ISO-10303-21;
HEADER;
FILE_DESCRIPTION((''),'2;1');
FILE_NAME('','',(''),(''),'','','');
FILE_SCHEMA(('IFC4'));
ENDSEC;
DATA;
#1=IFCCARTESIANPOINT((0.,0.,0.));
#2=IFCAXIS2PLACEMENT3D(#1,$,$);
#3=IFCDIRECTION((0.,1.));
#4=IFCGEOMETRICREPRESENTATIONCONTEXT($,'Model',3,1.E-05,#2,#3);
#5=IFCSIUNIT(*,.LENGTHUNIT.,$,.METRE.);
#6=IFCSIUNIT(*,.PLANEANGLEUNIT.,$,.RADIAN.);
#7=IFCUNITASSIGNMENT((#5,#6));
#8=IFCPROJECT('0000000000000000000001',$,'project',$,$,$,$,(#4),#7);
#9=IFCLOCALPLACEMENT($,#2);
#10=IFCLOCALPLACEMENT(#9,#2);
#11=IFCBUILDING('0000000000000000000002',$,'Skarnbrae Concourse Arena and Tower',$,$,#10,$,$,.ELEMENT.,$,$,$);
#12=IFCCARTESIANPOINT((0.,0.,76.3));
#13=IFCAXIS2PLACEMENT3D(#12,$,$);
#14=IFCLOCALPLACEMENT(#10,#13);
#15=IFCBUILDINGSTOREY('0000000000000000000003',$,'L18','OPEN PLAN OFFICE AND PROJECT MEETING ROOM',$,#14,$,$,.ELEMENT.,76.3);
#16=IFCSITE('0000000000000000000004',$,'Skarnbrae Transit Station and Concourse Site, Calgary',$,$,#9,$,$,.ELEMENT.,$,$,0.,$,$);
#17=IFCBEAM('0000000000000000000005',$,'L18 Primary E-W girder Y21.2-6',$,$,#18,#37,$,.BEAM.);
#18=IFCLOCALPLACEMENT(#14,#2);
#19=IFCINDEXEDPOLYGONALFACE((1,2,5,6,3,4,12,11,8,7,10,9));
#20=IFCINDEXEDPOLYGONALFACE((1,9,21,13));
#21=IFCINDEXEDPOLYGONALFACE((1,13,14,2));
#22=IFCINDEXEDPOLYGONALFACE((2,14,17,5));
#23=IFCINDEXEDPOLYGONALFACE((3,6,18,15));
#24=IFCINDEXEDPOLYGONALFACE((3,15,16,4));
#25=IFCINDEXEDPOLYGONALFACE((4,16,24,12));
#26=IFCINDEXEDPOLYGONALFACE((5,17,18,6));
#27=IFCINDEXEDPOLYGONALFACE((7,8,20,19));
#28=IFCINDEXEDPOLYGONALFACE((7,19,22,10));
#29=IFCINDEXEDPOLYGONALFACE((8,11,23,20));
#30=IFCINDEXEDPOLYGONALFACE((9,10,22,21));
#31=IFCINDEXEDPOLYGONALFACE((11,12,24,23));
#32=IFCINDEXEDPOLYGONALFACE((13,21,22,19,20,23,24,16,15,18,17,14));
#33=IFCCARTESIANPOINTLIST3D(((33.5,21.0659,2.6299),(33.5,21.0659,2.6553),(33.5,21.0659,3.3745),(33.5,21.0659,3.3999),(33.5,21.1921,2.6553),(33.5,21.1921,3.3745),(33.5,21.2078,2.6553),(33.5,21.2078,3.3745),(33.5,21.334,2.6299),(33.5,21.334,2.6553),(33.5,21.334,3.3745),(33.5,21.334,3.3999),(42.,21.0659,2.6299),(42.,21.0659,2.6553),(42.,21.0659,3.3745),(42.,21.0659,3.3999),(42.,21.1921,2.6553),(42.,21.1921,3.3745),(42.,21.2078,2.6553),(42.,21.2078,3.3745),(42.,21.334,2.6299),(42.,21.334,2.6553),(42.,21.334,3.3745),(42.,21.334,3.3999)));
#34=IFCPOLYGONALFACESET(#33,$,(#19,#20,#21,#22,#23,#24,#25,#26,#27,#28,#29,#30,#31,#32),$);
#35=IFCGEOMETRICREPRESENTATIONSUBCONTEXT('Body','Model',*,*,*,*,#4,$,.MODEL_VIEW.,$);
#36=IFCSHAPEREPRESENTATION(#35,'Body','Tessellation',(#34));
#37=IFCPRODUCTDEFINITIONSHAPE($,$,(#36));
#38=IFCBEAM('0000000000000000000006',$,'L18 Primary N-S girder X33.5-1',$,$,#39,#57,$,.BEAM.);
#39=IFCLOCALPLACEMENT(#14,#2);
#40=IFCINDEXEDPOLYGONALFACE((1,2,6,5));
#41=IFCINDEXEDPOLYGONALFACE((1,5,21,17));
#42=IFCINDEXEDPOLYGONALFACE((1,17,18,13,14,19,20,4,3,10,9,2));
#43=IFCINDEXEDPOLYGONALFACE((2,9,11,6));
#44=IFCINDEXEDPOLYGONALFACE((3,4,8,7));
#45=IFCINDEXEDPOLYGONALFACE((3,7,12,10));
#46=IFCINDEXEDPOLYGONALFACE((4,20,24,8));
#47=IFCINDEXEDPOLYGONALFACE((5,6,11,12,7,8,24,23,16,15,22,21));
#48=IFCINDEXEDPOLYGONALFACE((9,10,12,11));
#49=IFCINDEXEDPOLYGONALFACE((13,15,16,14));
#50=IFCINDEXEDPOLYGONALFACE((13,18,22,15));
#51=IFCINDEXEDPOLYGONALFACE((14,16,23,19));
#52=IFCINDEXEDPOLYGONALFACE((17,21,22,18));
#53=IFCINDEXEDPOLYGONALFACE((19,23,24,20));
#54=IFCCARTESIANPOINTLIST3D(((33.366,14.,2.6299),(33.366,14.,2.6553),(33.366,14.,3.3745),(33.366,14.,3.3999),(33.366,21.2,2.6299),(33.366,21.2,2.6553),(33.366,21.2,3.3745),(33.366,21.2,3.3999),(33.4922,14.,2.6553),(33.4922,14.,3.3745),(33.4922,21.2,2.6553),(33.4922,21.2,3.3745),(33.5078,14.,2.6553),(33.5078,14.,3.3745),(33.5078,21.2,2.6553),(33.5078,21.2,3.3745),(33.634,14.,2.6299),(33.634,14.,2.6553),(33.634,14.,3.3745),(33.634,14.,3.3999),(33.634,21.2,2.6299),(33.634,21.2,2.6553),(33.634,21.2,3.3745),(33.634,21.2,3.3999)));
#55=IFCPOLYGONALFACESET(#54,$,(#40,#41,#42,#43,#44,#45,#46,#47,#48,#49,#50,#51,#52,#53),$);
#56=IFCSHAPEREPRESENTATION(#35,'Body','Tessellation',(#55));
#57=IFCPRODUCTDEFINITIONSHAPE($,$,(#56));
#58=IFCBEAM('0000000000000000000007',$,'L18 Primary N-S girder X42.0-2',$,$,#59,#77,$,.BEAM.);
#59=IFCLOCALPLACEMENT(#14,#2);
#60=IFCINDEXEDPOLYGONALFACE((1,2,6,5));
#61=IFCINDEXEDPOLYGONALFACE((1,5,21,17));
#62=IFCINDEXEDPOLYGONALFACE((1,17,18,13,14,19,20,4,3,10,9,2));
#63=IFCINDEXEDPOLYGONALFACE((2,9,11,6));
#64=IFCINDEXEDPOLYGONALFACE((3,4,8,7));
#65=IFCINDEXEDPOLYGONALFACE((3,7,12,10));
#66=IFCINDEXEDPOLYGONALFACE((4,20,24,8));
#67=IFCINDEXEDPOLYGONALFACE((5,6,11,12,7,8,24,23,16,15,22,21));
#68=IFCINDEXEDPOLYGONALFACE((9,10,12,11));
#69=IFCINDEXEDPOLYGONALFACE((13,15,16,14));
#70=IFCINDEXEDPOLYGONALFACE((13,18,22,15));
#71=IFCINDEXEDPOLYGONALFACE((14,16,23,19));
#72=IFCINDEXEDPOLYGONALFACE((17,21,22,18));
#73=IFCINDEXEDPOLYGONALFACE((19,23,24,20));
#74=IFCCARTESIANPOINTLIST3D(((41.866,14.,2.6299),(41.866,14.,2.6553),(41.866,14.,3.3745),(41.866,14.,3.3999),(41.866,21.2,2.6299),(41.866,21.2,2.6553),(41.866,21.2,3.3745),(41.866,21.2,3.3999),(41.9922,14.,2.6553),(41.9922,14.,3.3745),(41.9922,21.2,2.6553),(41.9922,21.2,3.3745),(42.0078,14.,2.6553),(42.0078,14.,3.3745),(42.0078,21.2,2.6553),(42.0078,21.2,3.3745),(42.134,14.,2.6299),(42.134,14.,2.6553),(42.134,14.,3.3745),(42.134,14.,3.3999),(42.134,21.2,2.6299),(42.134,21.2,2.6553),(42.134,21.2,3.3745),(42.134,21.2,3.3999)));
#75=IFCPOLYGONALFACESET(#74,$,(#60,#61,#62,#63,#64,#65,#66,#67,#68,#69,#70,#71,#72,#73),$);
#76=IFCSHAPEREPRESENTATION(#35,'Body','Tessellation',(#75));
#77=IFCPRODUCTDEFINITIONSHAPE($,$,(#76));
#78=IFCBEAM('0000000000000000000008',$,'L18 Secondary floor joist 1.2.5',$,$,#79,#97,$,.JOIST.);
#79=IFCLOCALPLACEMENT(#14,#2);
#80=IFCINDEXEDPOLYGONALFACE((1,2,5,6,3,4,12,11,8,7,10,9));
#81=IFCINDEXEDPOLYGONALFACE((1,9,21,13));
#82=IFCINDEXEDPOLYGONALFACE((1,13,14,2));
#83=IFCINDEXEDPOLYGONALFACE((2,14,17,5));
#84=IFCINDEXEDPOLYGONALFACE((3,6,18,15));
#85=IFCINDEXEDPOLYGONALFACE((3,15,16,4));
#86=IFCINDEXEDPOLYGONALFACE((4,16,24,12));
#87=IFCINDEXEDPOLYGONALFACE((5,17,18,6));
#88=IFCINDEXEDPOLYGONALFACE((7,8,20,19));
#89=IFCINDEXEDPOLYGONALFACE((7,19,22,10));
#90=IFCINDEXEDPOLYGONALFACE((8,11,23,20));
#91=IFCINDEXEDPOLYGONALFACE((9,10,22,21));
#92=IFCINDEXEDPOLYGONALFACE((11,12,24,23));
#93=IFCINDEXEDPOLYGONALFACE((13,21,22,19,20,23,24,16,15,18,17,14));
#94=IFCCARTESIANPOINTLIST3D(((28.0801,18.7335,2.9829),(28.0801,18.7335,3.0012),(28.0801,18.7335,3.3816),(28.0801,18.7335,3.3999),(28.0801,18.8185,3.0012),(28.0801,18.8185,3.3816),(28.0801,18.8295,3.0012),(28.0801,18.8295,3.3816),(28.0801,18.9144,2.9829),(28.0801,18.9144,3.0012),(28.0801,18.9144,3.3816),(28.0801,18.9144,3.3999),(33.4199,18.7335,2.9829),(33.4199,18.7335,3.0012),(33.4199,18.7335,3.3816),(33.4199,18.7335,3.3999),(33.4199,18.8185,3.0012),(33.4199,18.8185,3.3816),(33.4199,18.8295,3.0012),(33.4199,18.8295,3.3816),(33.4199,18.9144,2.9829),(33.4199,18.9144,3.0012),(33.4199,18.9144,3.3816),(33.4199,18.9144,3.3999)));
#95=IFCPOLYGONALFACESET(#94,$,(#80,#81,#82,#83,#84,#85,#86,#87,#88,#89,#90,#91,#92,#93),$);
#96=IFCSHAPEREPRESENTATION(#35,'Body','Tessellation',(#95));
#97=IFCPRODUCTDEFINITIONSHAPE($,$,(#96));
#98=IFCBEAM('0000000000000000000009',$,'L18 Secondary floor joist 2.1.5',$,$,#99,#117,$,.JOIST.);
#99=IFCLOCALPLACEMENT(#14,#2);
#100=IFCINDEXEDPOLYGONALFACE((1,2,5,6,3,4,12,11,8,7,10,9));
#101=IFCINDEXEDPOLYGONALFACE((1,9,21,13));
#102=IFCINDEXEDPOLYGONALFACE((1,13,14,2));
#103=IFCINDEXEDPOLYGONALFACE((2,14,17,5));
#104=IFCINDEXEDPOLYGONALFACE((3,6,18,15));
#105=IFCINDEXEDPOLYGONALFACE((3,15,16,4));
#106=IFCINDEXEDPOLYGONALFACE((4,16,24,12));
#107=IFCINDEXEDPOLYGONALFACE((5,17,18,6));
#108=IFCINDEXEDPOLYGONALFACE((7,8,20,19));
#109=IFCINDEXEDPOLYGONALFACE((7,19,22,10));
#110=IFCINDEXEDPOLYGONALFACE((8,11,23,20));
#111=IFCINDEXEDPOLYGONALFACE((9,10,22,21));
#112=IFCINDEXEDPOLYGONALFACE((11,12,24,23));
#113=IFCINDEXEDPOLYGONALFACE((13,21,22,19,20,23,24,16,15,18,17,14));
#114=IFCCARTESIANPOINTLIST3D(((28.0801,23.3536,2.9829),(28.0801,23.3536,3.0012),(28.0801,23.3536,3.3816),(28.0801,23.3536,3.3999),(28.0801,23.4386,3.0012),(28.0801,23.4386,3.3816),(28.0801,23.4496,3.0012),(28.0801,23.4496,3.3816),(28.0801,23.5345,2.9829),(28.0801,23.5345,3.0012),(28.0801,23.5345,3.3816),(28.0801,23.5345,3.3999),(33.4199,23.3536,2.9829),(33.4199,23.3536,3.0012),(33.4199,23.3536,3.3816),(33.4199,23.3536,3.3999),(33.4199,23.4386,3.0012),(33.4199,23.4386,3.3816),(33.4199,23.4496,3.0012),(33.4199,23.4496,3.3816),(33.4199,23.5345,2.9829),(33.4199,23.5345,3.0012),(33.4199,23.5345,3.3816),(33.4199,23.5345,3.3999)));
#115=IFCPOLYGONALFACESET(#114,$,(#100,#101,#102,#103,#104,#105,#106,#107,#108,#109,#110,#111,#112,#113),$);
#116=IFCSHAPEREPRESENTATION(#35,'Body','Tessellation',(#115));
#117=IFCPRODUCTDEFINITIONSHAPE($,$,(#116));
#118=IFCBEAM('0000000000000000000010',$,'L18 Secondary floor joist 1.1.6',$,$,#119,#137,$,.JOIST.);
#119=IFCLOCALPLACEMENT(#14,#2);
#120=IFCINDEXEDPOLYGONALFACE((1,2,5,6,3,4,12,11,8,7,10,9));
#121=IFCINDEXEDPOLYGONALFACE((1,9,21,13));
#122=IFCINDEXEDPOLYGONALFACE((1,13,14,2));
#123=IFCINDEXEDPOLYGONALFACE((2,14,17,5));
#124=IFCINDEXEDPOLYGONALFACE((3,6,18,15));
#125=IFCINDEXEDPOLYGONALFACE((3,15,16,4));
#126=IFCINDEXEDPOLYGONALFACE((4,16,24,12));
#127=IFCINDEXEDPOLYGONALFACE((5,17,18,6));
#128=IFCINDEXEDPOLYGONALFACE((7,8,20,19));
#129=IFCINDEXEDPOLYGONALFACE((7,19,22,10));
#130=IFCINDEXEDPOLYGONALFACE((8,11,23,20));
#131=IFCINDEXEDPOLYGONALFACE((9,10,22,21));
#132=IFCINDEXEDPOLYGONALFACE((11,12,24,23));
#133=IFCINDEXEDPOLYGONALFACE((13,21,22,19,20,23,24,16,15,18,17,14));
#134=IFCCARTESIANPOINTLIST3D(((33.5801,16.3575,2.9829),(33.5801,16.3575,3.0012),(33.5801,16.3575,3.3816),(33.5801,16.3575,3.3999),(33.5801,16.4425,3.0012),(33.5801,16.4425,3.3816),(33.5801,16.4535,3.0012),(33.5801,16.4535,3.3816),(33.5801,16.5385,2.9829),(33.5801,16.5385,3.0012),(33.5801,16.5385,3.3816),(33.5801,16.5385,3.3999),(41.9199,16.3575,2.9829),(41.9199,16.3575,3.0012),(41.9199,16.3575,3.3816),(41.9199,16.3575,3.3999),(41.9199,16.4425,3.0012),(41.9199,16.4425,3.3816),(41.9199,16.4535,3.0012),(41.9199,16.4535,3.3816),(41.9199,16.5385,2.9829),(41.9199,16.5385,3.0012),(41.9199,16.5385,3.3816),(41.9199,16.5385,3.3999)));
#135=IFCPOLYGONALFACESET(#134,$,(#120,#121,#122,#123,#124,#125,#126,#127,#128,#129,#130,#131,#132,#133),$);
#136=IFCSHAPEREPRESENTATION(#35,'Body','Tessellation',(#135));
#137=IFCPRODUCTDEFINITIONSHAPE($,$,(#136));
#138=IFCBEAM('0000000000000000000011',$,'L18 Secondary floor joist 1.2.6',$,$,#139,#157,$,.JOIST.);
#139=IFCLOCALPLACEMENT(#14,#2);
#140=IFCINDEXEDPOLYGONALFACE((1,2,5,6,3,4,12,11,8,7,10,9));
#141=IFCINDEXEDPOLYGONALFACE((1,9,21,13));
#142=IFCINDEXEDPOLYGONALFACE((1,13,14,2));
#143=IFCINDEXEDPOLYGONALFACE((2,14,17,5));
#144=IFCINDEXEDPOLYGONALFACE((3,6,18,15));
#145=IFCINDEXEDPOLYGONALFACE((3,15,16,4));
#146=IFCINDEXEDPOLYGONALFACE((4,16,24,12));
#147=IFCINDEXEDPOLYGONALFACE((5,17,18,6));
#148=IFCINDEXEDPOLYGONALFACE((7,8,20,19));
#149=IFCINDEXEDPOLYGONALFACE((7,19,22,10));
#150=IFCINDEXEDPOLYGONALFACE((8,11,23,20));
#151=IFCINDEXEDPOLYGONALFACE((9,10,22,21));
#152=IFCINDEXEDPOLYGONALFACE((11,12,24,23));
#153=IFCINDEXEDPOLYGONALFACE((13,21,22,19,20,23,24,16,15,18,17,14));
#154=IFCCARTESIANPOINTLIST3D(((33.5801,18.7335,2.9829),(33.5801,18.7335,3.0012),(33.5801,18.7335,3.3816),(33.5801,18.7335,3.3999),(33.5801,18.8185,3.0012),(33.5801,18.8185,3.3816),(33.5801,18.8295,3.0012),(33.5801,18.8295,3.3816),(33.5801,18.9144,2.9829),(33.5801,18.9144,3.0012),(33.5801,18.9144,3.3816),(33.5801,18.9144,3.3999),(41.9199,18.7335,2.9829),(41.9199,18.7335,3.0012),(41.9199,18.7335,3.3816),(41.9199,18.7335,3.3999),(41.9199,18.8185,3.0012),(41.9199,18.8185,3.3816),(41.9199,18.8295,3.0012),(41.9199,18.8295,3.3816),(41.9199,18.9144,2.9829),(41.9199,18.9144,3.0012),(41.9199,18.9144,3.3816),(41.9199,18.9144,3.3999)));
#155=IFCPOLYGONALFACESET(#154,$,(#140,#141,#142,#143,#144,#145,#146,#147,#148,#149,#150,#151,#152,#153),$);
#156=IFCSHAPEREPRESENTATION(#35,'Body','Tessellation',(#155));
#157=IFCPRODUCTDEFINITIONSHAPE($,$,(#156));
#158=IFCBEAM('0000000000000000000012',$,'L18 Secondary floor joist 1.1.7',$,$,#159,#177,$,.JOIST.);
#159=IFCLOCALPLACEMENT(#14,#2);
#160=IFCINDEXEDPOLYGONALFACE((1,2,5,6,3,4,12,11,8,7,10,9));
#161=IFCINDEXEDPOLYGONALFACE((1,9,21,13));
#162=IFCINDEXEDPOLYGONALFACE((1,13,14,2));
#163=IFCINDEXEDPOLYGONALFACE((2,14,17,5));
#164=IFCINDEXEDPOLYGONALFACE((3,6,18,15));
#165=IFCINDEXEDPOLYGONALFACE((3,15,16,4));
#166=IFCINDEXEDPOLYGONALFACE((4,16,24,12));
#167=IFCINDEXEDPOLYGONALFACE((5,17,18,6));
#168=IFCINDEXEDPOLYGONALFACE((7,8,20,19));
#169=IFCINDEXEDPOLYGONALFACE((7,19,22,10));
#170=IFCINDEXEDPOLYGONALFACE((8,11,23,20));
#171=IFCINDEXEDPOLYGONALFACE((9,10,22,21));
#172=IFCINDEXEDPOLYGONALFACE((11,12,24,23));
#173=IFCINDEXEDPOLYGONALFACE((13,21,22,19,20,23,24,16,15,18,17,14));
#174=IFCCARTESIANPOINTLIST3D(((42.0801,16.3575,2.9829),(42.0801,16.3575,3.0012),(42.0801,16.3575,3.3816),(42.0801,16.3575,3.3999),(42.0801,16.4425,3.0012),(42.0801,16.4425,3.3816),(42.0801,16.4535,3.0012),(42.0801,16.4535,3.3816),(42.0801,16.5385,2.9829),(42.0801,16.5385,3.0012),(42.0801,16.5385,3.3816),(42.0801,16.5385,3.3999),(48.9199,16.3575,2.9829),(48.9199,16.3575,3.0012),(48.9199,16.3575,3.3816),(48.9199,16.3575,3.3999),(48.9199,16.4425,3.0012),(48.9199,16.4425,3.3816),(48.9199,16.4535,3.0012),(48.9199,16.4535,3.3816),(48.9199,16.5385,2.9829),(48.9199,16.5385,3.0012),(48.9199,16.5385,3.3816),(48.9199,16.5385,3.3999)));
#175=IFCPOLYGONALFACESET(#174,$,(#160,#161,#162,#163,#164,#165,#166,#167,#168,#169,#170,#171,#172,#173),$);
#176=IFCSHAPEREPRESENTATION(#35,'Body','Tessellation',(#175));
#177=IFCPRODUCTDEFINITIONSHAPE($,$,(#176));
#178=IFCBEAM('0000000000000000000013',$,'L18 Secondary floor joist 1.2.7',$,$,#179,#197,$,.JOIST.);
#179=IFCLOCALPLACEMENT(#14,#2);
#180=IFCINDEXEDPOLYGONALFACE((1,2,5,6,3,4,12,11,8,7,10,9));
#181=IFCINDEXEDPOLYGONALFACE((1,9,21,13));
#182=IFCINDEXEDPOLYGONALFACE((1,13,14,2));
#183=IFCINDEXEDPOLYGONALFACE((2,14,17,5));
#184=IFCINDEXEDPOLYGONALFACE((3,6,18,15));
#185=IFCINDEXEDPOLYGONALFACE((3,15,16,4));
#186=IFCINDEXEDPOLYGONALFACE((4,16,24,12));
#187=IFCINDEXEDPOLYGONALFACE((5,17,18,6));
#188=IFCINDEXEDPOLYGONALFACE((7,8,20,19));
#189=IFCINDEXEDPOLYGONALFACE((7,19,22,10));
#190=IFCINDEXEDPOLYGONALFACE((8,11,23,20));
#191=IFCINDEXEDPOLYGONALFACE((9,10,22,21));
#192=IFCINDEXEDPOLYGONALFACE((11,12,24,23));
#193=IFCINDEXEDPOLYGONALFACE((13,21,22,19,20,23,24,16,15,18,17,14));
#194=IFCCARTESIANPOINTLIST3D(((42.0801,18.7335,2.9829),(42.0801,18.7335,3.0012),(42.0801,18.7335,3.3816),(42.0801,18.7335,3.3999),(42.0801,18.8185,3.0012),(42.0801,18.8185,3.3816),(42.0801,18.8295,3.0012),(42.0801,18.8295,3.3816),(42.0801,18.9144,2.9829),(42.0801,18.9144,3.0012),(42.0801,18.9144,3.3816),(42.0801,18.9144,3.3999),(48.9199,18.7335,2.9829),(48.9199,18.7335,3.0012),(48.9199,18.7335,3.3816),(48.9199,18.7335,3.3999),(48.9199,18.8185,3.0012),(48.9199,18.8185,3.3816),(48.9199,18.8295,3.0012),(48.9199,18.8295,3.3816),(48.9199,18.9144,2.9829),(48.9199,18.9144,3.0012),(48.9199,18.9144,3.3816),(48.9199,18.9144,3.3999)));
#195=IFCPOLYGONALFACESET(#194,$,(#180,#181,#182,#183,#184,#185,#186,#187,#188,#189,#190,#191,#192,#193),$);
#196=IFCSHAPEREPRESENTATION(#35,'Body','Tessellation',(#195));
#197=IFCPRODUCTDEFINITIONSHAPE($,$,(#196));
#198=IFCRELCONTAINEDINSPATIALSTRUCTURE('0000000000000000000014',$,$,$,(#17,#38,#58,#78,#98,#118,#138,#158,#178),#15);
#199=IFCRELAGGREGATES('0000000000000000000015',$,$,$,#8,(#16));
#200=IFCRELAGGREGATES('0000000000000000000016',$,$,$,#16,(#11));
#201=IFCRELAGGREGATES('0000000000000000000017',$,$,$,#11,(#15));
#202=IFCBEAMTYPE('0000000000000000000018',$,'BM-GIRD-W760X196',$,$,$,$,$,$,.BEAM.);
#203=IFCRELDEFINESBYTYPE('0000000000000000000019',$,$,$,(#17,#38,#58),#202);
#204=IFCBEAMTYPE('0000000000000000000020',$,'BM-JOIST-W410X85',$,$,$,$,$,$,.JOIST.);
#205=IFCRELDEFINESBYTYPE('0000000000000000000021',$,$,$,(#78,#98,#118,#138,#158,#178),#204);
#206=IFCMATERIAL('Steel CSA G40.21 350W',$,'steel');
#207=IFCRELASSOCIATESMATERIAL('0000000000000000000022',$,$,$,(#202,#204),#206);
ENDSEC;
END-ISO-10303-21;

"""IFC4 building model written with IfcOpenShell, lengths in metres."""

from ifc_helpers import new_model, si_unit, direction, frame, origin, origin_2d, place, context, subcontext, project, spatial, i_section, extrude, source, transform, mapped, material, material_profile, profile_set, type_object, element, save


model = new_model("IFC4")

# Units and contexts
model_context = context("Model", 3, precision=1e-05, world=origin(), true_north=direction((0.0, 1.0)))
body_context = subcontext(model_context, "Body", "Model", "MODEL_VIEW")
ifc_project = project(units=[si_unit("LENGTHUNIT", "METRE"), si_unit("PLANEANGLEUNIT", "RADIAN")], contexts=[model_context])

# Site, building, storey
site_placement = place(None, origin())
site = spatial("IfcSite", under=ifc_project, at=site_placement, Name="Skarnbrae Transit Station and Concourse Site, Calgary", CompositionType="ELEMENT", RefElevation=0.0)
building_placement = place(site_placement, origin())
building = spatial("IfcBuilding", under=site, at=building_placement, Name="Skarnbrae Concourse Arena and Tower", CompositionType="ELEMENT")
storey_placement = place(building_placement, frame((0.0, 0.0, 76.3)))
storey = spatial("IfcBuildingStorey", under=building, at=storey_placement, Name="L18", Description="OPEN PLAN OFFICE AND PROJECT MEETING ROOM", CompositionType="ELEMENT", Elevation=76.3)

# Shared definitions
ifc_material_1 = material(Name="Steel CSA G40.21 350W", Category="steel")

# Beams
ifc_material_profile_1 = material_profile(ifc_material_1, i_section(OverallWidth=0.2681, OverallDepth=0.77, WebThickness=0.0156, FlangeThickness=0.0254, at=origin_2d()), Name="W760X196")
ifc_profile_set_1 = profile_set([ifc_material_profile_1], Name="Steel CSA G40.21 350W")
beam_type_1 = type_object("IfcBeamType", Name="BM-GIRD-W760X196", PredefinedType="BEAM", material=ifc_profile_set_1)
shared_shape_1 = source(origin(), body_context, "Body", "SweptSolid", [
    extrude(i_section(OverallWidth=0.2681, OverallDepth=0.77, WebThickness=0.0156, FlangeThickness=0.0254, at=origin_2d()), origin(), (0.0, 0.0, 1.0), 8.5),
])
for number, where, z_axis, x_axis, name in (
    (1, (33.5, 21.2, 3.0149), (1.0, 0.0, 0.0), (0.0, 1.0, 0.0), "L18 Primary E-W girder Y21.2-6"),
):
    element("IfcBeam", number, at=place(storey_placement, frame(where, z_axis=z_axis, x_axis=x_axis)), inside=storey, type_object=beam_type_1, Name=name, PredefinedType="BEAM", context=body_context, shape_type="MappedRepresentation", body=[
        mapped(shared_shape_1, transform((0.0, 0.0, 0.0))),
    ])
shared_shape_2 = source(origin(), body_context, "Body", "SweptSolid", [
    extrude(i_section(OverallWidth=0.2681, OverallDepth=0.77, WebThickness=0.0156, FlangeThickness=0.0254, at=origin_2d()), origin(), (0.0, 0.0, 1.0), 7.2),
])
for number, where, z_axis, x_axis, name in (
    (2, (33.5, 14.0, 3.0149), (0.0, 1.0, 0.0), (-1.0, 0.0, 0.0), "L18 Primary N-S girder X33.5-1"),
    (3, (42.0, 14.0, 3.0149), (0.0, 1.0, 0.0), (-1.0, 0.0, 0.0), "L18 Primary N-S girder X42.0-2"),
):
    element("IfcBeam", number, at=place(storey_placement, frame(where, z_axis=z_axis, x_axis=x_axis)), inside=storey, type_object=beam_type_1, Name=name, PredefinedType="BEAM", context=body_context, shape_type="MappedRepresentation", body=[
        mapped(shared_shape_2, transform((0.0, 0.0, 0.0))),
    ])
ifc_material_profile_2 = material_profile(ifc_material_1, i_section(OverallWidth=0.1809, OverallDepth=0.417, WebThickness=0.011, FlangeThickness=0.0183, at=origin_2d()), Name="W410X85")
ifc_profile_set_2 = profile_set([ifc_material_profile_2], Name="Steel CSA G40.21 350W")
beam_type_2 = type_object("IfcBeamType", Name="BM-JOIST-W410X85", PredefinedType="JOIST", material=ifc_profile_set_2)
shared_shape_3 = source(origin(), body_context, "Body", "SweptSolid", [
    extrude(i_section(OverallWidth=0.1809, OverallDepth=0.417, WebThickness=0.011, FlangeThickness=0.0183, at=origin_2d()), origin(), (0.0, 0.0, 1.0), 5.3398),
])
for number, where, z_axis, x_axis, name in (
    (4, (28.0801, 18.824, 3.1914), (1.0, 0.0, 0.0), (0.0, 1.0, 0.0), "L18 Secondary floor joist 1.2.5"),
    (5, (28.0801, 23.4441, 3.1914), (1.0, 0.0, 0.0), (0.0, 1.0, 0.0), "L18 Secondary floor joist 2.1.5"),
):
    element("IfcBeam", number, at=place(storey_placement, frame(where, z_axis=z_axis, x_axis=x_axis)), inside=storey, type_object=beam_type_2, Name=name, PredefinedType="JOIST", context=body_context, shape_type="MappedRepresentation", body=[
        mapped(shared_shape_3, transform((0.0, 0.0, 0.0))),
    ])
shared_shape_4 = source(origin(), body_context, "Body", "SweptSolid", [
    extrude(i_section(OverallWidth=0.1809, OverallDepth=0.417, WebThickness=0.011, FlangeThickness=0.0183, at=origin_2d()), origin(), (0.0, 0.0, 1.0), 8.3398),
])
for number, where, z_axis, x_axis, name in (
    (6, (33.5801, 16.448, 3.1914), (1.0, 0.0, 0.0), (0.0, 1.0, 0.0), "L18 Secondary floor joist 1.1.6"),
    (7, (33.5801, 18.824, 3.1914), (1.0, 0.0, 0.0), (0.0, 1.0, 0.0), "L18 Secondary floor joist 1.2.6"),
):
    element("IfcBeam", number, at=place(storey_placement, frame(where, z_axis=z_axis, x_axis=x_axis)), inside=storey, type_object=beam_type_2, Name=name, PredefinedType="JOIST", context=body_context, shape_type="MappedRepresentation", body=[
        mapped(shared_shape_4, transform((0.0, 0.0, 0.0))),
    ])
shared_shape_5 = source(origin(), body_context, "Body", "SweptSolid", [
    extrude(i_section(OverallWidth=0.1809, OverallDepth=0.417, WebThickness=0.011, FlangeThickness=0.0183, at=origin_2d()), origin(), (0.0, 0.0, 1.0), 6.8398),
])
for number, where, z_axis, x_axis, name in (
    (8, (42.0801, 16.448, 3.1914), (1.0, 0.0, 0.0), (0.0, 1.0, 0.0), "L18 Secondary floor joist 1.1.7"),
    (9, (42.0801, 18.824, 3.1914), (1.0, 0.0, 0.0), (0.0, 1.0, 0.0), "L18 Secondary floor joist 1.2.7"),
):
    element("IfcBeam", number, at=place(storey_placement, frame(where, z_axis=z_axis, x_axis=x_axis)), inside=storey, type_object=beam_type_2, Name=name, PredefinedType="JOIST", context=body_context, shape_type="MappedRepresentation", body=[
        mapped(shared_shape_5, transform((0.0, 0.0, 0.0))),
    ])

save(model, "model.ifc")
